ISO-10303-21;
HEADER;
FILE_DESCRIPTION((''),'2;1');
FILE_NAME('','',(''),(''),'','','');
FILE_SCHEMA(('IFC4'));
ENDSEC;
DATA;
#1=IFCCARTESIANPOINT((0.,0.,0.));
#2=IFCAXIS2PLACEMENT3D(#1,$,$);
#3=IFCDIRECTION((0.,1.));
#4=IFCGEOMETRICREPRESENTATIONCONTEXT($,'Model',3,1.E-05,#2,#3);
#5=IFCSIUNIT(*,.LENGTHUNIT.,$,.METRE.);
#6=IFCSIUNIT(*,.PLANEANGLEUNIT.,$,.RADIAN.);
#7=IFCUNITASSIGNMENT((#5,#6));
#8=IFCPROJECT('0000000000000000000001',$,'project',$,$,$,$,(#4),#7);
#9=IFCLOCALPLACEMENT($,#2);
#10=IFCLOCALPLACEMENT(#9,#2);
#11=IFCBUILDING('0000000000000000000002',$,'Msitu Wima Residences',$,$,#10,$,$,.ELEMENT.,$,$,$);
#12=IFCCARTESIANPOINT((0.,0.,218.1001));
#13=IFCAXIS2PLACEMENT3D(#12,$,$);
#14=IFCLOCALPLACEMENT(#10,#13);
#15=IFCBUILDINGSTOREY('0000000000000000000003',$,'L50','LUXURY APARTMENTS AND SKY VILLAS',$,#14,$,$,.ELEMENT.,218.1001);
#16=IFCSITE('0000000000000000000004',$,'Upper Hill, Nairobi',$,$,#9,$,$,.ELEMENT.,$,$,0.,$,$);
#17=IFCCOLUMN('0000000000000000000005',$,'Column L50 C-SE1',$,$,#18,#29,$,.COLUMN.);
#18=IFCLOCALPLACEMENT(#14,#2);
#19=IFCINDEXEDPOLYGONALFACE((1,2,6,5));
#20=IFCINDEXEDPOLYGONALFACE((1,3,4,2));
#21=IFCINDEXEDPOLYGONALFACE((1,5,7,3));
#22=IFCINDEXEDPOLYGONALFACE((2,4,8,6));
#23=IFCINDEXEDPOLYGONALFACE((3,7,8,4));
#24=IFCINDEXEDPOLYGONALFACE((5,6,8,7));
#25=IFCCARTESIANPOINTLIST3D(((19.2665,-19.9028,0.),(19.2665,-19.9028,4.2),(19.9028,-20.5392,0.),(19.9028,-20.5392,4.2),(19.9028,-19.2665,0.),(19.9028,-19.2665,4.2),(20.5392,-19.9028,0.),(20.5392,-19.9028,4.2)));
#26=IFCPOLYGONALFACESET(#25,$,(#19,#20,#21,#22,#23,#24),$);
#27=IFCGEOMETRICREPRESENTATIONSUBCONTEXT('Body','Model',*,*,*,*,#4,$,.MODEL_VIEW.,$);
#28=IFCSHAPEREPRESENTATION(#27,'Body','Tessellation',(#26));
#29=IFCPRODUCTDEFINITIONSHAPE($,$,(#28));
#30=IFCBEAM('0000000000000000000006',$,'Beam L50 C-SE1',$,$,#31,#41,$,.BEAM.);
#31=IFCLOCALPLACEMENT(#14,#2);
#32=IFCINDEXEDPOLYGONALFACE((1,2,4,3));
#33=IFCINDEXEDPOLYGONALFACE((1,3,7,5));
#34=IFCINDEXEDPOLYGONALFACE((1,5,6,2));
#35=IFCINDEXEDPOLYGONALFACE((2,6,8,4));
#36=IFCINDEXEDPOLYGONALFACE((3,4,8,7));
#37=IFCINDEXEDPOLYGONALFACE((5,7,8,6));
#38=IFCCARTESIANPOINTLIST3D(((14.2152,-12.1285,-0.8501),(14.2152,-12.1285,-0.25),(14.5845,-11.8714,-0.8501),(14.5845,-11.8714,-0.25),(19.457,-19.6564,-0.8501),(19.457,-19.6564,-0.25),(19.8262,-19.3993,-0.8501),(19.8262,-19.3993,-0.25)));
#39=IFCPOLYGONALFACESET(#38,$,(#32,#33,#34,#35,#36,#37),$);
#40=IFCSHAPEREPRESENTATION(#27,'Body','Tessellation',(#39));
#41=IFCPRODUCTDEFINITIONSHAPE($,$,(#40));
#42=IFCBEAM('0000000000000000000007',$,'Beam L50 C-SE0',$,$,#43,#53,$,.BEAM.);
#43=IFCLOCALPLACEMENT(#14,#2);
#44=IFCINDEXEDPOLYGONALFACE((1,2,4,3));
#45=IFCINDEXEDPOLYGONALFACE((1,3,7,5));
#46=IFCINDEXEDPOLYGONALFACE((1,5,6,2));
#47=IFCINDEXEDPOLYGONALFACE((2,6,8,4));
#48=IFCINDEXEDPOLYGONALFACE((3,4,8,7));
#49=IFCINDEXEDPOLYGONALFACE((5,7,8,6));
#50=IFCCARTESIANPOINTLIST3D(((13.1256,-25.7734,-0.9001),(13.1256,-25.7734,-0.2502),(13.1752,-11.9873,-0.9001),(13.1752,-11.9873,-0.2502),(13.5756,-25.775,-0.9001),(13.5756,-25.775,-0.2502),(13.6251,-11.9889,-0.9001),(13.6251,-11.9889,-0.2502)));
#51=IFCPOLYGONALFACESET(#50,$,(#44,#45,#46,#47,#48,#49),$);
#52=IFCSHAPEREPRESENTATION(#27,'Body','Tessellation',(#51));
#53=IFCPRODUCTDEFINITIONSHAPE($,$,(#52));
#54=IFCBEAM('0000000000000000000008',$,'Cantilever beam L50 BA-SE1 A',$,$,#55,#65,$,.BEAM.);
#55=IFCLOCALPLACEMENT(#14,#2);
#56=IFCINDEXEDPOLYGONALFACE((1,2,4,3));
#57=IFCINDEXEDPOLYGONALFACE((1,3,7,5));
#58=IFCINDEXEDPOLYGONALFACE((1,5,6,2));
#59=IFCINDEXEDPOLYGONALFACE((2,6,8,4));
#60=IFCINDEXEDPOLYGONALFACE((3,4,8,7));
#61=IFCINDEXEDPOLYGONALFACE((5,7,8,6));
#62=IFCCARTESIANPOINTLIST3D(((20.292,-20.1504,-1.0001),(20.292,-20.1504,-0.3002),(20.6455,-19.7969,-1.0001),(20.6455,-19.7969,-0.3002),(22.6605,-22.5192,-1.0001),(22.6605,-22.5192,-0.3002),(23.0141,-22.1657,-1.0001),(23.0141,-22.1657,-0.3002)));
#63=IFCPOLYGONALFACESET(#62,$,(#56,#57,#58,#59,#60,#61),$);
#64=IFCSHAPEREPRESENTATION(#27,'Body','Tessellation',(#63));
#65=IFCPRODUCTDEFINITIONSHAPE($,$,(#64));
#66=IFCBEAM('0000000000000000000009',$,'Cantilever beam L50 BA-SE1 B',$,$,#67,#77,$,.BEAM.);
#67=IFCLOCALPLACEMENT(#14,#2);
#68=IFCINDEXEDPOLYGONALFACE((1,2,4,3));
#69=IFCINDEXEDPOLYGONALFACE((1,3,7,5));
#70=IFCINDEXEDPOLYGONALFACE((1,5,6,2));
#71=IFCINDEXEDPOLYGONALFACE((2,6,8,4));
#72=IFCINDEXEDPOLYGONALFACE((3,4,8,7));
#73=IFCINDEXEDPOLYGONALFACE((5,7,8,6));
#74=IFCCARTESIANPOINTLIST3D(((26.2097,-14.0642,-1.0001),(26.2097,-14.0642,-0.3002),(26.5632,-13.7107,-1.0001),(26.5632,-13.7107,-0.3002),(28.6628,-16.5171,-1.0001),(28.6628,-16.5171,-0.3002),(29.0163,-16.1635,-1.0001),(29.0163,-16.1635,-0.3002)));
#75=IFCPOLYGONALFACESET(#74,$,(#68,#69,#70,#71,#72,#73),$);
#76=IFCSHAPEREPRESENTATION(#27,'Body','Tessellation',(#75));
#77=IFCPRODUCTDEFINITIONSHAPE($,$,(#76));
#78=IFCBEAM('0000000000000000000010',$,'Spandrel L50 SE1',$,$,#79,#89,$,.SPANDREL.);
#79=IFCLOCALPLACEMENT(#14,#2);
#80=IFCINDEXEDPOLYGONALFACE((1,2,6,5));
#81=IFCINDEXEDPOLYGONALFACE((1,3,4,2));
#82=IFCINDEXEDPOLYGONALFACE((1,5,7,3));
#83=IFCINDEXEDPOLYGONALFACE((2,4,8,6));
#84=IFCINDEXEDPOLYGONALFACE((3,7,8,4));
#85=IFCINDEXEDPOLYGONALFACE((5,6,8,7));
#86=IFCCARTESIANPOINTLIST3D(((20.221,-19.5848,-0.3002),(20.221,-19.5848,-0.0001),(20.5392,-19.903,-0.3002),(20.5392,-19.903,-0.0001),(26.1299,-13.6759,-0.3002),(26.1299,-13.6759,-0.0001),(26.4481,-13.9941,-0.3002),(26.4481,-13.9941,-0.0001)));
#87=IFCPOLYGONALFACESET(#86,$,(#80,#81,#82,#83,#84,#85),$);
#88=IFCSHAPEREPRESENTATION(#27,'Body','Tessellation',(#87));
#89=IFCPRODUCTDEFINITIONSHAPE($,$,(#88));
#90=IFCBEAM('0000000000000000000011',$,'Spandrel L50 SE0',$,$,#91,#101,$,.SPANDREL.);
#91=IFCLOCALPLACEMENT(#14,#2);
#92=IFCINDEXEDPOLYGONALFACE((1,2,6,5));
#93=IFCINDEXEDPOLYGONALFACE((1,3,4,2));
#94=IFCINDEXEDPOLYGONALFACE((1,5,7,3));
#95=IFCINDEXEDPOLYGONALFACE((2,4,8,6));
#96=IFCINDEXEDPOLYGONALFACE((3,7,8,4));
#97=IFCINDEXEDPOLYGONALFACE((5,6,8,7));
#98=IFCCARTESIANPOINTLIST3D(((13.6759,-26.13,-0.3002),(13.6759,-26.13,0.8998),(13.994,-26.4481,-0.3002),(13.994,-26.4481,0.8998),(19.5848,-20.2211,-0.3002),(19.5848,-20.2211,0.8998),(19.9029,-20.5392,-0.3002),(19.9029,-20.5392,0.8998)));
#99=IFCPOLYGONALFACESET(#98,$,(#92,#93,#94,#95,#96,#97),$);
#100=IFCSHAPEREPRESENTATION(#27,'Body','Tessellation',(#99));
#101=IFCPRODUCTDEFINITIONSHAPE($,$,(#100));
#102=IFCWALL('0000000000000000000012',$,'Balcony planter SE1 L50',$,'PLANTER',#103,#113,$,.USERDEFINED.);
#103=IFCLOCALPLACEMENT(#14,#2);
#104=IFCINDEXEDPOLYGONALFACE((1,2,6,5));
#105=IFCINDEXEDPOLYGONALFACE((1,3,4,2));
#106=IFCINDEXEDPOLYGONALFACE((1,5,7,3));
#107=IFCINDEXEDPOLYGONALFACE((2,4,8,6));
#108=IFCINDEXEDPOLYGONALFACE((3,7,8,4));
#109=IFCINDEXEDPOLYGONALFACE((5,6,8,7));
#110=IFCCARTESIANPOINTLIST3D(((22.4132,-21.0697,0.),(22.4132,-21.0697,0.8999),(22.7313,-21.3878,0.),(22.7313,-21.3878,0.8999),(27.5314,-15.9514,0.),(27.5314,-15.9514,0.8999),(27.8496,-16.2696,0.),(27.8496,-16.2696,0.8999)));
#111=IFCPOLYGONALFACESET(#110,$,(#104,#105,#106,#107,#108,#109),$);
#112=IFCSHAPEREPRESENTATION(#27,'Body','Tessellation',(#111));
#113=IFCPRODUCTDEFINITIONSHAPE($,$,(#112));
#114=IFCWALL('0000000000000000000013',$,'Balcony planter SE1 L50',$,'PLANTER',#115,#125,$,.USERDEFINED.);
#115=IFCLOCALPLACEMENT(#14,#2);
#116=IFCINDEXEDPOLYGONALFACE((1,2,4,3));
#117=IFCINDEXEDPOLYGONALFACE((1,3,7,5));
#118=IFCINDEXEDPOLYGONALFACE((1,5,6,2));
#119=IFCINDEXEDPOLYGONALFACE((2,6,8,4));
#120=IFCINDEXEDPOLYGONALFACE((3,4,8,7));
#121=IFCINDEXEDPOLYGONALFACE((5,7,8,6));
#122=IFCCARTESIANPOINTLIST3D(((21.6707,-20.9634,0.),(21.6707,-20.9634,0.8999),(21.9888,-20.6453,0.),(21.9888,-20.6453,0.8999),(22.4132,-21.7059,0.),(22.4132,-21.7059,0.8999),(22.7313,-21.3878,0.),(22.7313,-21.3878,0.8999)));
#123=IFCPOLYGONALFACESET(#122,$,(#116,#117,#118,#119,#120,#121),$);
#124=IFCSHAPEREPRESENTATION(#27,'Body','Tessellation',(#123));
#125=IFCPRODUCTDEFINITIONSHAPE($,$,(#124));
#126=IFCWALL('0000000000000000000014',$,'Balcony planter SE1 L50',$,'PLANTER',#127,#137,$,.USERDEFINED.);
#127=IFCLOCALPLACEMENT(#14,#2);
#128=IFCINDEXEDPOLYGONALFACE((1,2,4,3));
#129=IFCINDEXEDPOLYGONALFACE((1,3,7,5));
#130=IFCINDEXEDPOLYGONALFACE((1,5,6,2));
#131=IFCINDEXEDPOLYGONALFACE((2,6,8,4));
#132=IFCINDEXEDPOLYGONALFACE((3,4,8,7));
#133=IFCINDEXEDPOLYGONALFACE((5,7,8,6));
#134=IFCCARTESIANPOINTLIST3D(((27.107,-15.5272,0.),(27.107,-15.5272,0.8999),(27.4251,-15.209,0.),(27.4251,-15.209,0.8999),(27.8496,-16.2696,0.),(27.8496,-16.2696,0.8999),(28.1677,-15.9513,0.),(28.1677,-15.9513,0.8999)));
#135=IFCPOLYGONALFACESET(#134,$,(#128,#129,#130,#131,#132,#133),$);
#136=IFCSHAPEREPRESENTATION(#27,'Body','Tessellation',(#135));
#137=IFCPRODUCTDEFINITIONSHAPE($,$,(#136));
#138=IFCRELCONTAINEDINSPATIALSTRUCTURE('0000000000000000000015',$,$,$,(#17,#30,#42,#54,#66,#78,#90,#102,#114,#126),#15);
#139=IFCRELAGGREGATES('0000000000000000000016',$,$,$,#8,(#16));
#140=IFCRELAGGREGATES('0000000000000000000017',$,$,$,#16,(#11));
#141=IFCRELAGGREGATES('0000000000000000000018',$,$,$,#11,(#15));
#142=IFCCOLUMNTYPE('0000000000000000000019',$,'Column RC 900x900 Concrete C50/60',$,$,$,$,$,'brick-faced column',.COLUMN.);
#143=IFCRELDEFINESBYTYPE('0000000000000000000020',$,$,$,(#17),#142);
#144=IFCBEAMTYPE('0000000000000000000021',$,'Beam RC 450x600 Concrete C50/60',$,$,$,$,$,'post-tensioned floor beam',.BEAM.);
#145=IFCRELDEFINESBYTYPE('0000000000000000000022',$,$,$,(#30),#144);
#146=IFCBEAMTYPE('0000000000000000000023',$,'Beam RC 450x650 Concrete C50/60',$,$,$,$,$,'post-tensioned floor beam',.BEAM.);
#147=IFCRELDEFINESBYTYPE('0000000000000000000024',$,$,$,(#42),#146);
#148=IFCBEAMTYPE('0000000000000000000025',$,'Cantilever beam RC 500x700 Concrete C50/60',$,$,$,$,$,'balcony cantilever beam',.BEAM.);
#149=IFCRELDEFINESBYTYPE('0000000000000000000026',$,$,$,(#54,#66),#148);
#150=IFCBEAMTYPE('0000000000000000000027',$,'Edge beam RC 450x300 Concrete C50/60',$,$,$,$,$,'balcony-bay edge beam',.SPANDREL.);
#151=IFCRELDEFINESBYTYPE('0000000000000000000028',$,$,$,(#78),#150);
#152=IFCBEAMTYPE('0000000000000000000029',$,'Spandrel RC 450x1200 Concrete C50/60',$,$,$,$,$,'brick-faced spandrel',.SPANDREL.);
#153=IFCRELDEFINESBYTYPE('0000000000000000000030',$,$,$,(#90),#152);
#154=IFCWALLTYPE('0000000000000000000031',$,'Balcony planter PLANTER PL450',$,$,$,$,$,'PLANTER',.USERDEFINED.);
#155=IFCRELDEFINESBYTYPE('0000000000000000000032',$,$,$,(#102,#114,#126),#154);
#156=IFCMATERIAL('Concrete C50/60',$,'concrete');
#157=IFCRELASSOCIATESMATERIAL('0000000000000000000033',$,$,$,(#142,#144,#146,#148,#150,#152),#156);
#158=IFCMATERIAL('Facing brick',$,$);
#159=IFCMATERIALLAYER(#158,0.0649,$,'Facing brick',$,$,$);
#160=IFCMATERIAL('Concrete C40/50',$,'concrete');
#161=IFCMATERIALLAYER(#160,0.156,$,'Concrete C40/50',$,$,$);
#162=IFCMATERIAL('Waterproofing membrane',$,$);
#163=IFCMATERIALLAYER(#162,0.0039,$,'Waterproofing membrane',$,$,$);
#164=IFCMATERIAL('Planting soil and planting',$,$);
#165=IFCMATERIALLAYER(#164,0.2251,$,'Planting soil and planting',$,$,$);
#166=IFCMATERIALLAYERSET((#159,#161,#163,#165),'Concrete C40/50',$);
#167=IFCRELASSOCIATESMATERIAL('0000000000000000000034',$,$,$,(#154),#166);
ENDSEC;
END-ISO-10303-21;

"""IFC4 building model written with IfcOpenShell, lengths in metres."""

from ifc_helpers import new_model, si_unit, direction, frame, frame_2d, origin, origin_2d, place, context, subcontext, project, spatial, rectangle, extrude, material, layer, layer_set, material_profile, profile_set, type_object, element, save


model = new_model("IFC4")

# Units and contexts
model_context = context("Model", 3, precision=1e-05, world=origin(), true_north=direction((0.0, 1.0)))
body_context = subcontext(model_context, "Body", "Model", "MODEL_VIEW")
ifc_project = project(units=[si_unit("LENGTHUNIT", "METRE"), si_unit("PLANEANGLEUNIT", "RADIAN")], contexts=[model_context])

# Site, building, storey
site_placement = place(None, origin())
site = spatial("IfcSite", under=ifc_project, at=site_placement, Name="Upper Hill, Nairobi", CompositionType="ELEMENT", RefElevation=0.0)
building_placement = place(site_placement, origin())
building = spatial("IfcBuilding", under=site, at=building_placement, Name="Msitu Wima Residences", CompositionType="ELEMENT")
storey_placement = place(building_placement, frame((0.0, 0.0, 218.1001)))
storey = spatial("IfcBuildingStorey", under=building, at=storey_placement, Name="L50", Description="LUXURY APARTMENTS AND SKY VILLAS", CompositionType="ELEMENT", Elevation=218.1001)

# Column
ifc_material_1 = material(Name="Concrete C50/60", Category="concrete")
ifc_material_profile_1 = material_profile(ifc_material_1, rectangle(XDim=0.8999, YDim=0.8999, at=origin_2d()), Name="RC 900x900")
ifc_profile_set_1 = profile_set([ifc_material_profile_1], Name="Concrete C50/60")
column_type = type_object("IfcColumnType", Name="Column RC 900x900 Concrete C50/60", ElementType="brick-faced column", PredefinedType="COLUMN", material=ifc_profile_set_1)
column_placement = place(storey_placement, frame((19.9028, -19.9028, 0.0), z_axis=(0.0, 0.0, 1.0), x_axis=(0.707107, 0.707107, 0.0)))
element("IfcColumn", 1, at=column_placement, inside=storey, type_object=column_type, Name="Column L50 C-SE1", PredefinedType="COLUMN", context=body_context, shape_type="SweptSolid", body=[
    extrude(rectangle(XDim=0.8999, YDim=0.8999, at=origin_2d()), origin(), (0.0, 0.0, 1.0), 4.2),
])

# Beams
ifc_material_profile_2 = material_profile(ifc_material_1, rectangle(XDim=0.45, YDim=0.6001, at=origin_2d()), Name="RC 450x600")
ifc_profile_set_2 = profile_set([ifc_material_profile_2], Name="Concrete C50/60")
beam_type_1 = type_object("IfcBeamType", Name="Beam RC 450x600 Concrete C50/60", ElementType="post-tensioned floor beam", PredefinedType="BEAM", material=ifc_profile_set_2)
beam_1_placement = place(storey_placement, frame((19.6416, -19.5278, -0.55), z_axis=(-0.571428, 0.820652, 0.0), x_axis=(-0.820652, -0.571428, 0.0)))
element("IfcBeam", 2, at=beam_1_placement, inside=storey, type_object=beam_type_1, Name="Beam L50 C-SE1", PredefinedType="BEAM", context=body_context, shape_type="SweptSolid", body=[
    extrude(rectangle(XDim=0.45, YDim=0.6001, at=origin_2d()), origin(), (0.0, 0.0, 1.0), 9.1731),
])
ifc_material_profile_3 = material_profile(ifc_material_1, rectangle(XDim=0.45, YDim=0.6499, at=origin_2d()), Name="RC 450x650")
ifc_profile_set_3 = profile_set([ifc_material_profile_3], Name="Concrete C50/60")
beam_type_2 = type_object("IfcBeamType", Name="Beam RC 450x650 Concrete C50/60", ElementType="post-tensioned floor beam", PredefinedType="BEAM", material=ifc_profile_set_3)
beam_2_placement = place(storey_placement, frame((13.3506, -25.7742, -0.5752), z_axis=(0.003595, 0.999994, 0.0), x_axis=(-0.999994, 0.003595, 0.0)))
element("IfcBeam", 3, at=beam_2_placement, inside=storey, type_object=beam_type_2, Name="Beam L50 C-SE0", PredefinedType="BEAM", context=body_context, shape_type="SweptSolid", body=[
    extrude(rectangle(XDim=0.45, YDim=0.6499, at=origin_2d()), origin(), (0.0, 0.0, 1.0), 13.7861),
])
ifc_material_profile_4 = material_profile(ifc_material_1, rectangle(XDim=0.5, YDim=0.7, at=origin_2d()), Name="RC 500x700")
ifc_profile_set_4 = profile_set([ifc_material_profile_4], Name="Concrete C50/60")
beam_type_3 = type_object("IfcBeamType", Name="Cantilever beam RC 500x700 Concrete C50/60", ElementType="balcony cantilever beam", PredefinedType="BEAM", material=ifc_profile_set_4)
beam_3_placement = place(storey_placement, frame((20.4688, -19.9736, -0.6501), z_axis=(0.70707, -0.707143, 0.0), x_axis=(0.707143, 0.70707, 0.0)))
element("IfcBeam", 4, at=beam_3_placement, inside=storey, type_object=beam_type_3, Name="Cantilever beam L50 BA-SE1 A", PredefinedType="BEAM", context=body_context, shape_type="SweptSolid", body=[
    extrude(rectangle(XDim=0.5, YDim=0.7, at=origin_2d()), origin(), (0.0, 0.0, 1.0), 3.3499),
])
beam_4_placement = place(storey_placement, frame((26.3865, -13.8875, -0.6501), z_axis=(0.707142, -0.707072, 0.0), x_axis=(0.707072, 0.707142, 0.0)))
element("IfcBeam", 5, at=beam_4_placement, inside=storey, type_object=beam_type_3, Name="Cantilever beam L50 BA-SE1 B", PredefinedType="BEAM", context=body_context, shape_type="SweptSolid", body=[
    extrude(rectangle(XDim=0.5, YDim=0.7, at=origin_2d()), origin(), (0.0, 0.0, 1.0), 3.469),
])
ifc_material_profile_5 = material_profile(ifc_material_1, rectangle(XDim=0.45, YDim=0.3, at=origin_2d()), Name="RC 450x300")
ifc_profile_set_5 = profile_set([ifc_material_profile_5], Name="Concrete C50/60")
beam_type_4 = type_object("IfcBeamType", Name="Edge beam RC 450x300 Concrete C50/60", ElementType="balcony-bay edge beam", PredefinedType="SPANDREL", material=ifc_profile_set_5)
beam_5_placement = place(storey_placement, frame((20.3801, -19.7439, -0.1501), z_axis=(0.707107, 0.707107, 0.0), x_axis=(-0.707107, 0.707107, 0.0)))
element("IfcBeam", 6, at=beam_5_placement, inside=storey, type_object=beam_type_4, Name="Spandrel L50 SE1", PredefinedType="SPANDREL", context=body_context, shape_type="SweptSolid", body=[
    extrude(rectangle(XDim=0.45, YDim=0.3, at=origin_2d()), origin(), (0.0, 0.0, 1.0), 8.3564),
])
ifc_material_profile_6 = material_profile(ifc_material_1, rectangle(XDim=0.45, YDim=1.2, at=origin_2d()), Name="RC 450x1200")
ifc_profile_set_6 = profile_set([ifc_material_profile_6], Name="Concrete C50/60")
beam_type_5 = type_object("IfcBeamType", Name="Spandrel RC 450x1200 Concrete C50/60", ElementType="brick-faced spandrel", PredefinedType="SPANDREL", material=ifc_profile_set_6)
beam_6_placement = place(storey_placement, frame((13.835, -26.2891, 0.2998), z_axis=(0.707107, 0.707107, 0.0), x_axis=(-0.707107, 0.707107, 0.0)))
element("IfcBeam", 7, at=beam_6_placement, inside=storey, type_object=beam_type_5, Name="Spandrel L50 SE0", PredefinedType="SPANDREL", context=body_context, shape_type="SweptSolid", body=[
    extrude(rectangle(XDim=0.45, YDim=1.2, at=origin_2d()), origin(), (0.0, 0.0, 1.0), 8.3564),
])

# Walls
ifc_material_2 = material(Name="Facing brick")
ifc_layer_1 = layer(ifc_material_2, 0.0649, Name="Facing brick")
ifc_material_3 = material(Name="Concrete C40/50", Category="concrete")
ifc_layer_2 = layer(ifc_material_3, 0.156, Name="Concrete C40/50")
ifc_material_4 = material(Name="Waterproofing membrane")
ifc_layer_3 = layer(ifc_material_4, 0.0039, Name="Waterproofing membrane")
ifc_material_5 = material(Name="Planting soil and planting")
ifc_layer_4 = layer(ifc_material_5, 0.2251, Name="Planting soil and planting")
ifc_layer_set_1 = layer_set([ifc_layer_1, ifc_layer_2, ifc_layer_3, ifc_layer_4], Name="Concrete C40/50")
wall_type_1 = type_object("IfcWallType", Name="Balcony planter PLANTER PL450", ElementType="PLANTER", PredefinedType="USERDEFINED", material=ifc_layer_set_1)
wall_1_placement = place(storey_placement, frame((22.5723, -21.2288, 0.0), z_axis=(0.0, 0.0, 1.0), x_axis=(0.707107, 0.707107, 0.0)))
element("IfcWall", 8, at=wall_1_placement, inside=storey, type_object=wall_type_1, Name="Balcony planter SE1 L50", ObjectType="PLANTER", PredefinedType="USERDEFINED", context=body_context, shape_type="SweptSolid", body=[
    extrude(rectangle(XDim=7.2383, YDim=0.45, at=frame_2d((3.6191, 0.0))), origin(), (0.0, 0.0, 1.0), 0.8999),
])
for number, where, z_axis, x_axis, name in (
    (9, (21.8298, -20.8044, 0.0), (0.0, 0.0, 1.0), (0.707107, -0.707107, 0.0), "Balcony planter SE1 L50"),
    (10, (27.2661, -15.3682, 0.0), (0.0, 0.0, 1.0), (0.707223, -0.706991, 0.0), "Balcony planter SE1 L50"),
):
    element("IfcWall", number, at=place(storey_placement, frame(where, z_axis=z_axis, x_axis=x_axis)), inside=storey, type_object=wall_type_1, Name=name, ObjectType="PLANTER", PredefinedType="USERDEFINED", context=body_context, shape_type="SweptSolid", body=[
        extrude(rectangle(XDim=1.05, YDim=0.45, at=frame_2d((0.5249, 0.0))), origin(), (0.0, 0.0, 1.0), 0.8999),
    ])

save(model, "model.ifc")
